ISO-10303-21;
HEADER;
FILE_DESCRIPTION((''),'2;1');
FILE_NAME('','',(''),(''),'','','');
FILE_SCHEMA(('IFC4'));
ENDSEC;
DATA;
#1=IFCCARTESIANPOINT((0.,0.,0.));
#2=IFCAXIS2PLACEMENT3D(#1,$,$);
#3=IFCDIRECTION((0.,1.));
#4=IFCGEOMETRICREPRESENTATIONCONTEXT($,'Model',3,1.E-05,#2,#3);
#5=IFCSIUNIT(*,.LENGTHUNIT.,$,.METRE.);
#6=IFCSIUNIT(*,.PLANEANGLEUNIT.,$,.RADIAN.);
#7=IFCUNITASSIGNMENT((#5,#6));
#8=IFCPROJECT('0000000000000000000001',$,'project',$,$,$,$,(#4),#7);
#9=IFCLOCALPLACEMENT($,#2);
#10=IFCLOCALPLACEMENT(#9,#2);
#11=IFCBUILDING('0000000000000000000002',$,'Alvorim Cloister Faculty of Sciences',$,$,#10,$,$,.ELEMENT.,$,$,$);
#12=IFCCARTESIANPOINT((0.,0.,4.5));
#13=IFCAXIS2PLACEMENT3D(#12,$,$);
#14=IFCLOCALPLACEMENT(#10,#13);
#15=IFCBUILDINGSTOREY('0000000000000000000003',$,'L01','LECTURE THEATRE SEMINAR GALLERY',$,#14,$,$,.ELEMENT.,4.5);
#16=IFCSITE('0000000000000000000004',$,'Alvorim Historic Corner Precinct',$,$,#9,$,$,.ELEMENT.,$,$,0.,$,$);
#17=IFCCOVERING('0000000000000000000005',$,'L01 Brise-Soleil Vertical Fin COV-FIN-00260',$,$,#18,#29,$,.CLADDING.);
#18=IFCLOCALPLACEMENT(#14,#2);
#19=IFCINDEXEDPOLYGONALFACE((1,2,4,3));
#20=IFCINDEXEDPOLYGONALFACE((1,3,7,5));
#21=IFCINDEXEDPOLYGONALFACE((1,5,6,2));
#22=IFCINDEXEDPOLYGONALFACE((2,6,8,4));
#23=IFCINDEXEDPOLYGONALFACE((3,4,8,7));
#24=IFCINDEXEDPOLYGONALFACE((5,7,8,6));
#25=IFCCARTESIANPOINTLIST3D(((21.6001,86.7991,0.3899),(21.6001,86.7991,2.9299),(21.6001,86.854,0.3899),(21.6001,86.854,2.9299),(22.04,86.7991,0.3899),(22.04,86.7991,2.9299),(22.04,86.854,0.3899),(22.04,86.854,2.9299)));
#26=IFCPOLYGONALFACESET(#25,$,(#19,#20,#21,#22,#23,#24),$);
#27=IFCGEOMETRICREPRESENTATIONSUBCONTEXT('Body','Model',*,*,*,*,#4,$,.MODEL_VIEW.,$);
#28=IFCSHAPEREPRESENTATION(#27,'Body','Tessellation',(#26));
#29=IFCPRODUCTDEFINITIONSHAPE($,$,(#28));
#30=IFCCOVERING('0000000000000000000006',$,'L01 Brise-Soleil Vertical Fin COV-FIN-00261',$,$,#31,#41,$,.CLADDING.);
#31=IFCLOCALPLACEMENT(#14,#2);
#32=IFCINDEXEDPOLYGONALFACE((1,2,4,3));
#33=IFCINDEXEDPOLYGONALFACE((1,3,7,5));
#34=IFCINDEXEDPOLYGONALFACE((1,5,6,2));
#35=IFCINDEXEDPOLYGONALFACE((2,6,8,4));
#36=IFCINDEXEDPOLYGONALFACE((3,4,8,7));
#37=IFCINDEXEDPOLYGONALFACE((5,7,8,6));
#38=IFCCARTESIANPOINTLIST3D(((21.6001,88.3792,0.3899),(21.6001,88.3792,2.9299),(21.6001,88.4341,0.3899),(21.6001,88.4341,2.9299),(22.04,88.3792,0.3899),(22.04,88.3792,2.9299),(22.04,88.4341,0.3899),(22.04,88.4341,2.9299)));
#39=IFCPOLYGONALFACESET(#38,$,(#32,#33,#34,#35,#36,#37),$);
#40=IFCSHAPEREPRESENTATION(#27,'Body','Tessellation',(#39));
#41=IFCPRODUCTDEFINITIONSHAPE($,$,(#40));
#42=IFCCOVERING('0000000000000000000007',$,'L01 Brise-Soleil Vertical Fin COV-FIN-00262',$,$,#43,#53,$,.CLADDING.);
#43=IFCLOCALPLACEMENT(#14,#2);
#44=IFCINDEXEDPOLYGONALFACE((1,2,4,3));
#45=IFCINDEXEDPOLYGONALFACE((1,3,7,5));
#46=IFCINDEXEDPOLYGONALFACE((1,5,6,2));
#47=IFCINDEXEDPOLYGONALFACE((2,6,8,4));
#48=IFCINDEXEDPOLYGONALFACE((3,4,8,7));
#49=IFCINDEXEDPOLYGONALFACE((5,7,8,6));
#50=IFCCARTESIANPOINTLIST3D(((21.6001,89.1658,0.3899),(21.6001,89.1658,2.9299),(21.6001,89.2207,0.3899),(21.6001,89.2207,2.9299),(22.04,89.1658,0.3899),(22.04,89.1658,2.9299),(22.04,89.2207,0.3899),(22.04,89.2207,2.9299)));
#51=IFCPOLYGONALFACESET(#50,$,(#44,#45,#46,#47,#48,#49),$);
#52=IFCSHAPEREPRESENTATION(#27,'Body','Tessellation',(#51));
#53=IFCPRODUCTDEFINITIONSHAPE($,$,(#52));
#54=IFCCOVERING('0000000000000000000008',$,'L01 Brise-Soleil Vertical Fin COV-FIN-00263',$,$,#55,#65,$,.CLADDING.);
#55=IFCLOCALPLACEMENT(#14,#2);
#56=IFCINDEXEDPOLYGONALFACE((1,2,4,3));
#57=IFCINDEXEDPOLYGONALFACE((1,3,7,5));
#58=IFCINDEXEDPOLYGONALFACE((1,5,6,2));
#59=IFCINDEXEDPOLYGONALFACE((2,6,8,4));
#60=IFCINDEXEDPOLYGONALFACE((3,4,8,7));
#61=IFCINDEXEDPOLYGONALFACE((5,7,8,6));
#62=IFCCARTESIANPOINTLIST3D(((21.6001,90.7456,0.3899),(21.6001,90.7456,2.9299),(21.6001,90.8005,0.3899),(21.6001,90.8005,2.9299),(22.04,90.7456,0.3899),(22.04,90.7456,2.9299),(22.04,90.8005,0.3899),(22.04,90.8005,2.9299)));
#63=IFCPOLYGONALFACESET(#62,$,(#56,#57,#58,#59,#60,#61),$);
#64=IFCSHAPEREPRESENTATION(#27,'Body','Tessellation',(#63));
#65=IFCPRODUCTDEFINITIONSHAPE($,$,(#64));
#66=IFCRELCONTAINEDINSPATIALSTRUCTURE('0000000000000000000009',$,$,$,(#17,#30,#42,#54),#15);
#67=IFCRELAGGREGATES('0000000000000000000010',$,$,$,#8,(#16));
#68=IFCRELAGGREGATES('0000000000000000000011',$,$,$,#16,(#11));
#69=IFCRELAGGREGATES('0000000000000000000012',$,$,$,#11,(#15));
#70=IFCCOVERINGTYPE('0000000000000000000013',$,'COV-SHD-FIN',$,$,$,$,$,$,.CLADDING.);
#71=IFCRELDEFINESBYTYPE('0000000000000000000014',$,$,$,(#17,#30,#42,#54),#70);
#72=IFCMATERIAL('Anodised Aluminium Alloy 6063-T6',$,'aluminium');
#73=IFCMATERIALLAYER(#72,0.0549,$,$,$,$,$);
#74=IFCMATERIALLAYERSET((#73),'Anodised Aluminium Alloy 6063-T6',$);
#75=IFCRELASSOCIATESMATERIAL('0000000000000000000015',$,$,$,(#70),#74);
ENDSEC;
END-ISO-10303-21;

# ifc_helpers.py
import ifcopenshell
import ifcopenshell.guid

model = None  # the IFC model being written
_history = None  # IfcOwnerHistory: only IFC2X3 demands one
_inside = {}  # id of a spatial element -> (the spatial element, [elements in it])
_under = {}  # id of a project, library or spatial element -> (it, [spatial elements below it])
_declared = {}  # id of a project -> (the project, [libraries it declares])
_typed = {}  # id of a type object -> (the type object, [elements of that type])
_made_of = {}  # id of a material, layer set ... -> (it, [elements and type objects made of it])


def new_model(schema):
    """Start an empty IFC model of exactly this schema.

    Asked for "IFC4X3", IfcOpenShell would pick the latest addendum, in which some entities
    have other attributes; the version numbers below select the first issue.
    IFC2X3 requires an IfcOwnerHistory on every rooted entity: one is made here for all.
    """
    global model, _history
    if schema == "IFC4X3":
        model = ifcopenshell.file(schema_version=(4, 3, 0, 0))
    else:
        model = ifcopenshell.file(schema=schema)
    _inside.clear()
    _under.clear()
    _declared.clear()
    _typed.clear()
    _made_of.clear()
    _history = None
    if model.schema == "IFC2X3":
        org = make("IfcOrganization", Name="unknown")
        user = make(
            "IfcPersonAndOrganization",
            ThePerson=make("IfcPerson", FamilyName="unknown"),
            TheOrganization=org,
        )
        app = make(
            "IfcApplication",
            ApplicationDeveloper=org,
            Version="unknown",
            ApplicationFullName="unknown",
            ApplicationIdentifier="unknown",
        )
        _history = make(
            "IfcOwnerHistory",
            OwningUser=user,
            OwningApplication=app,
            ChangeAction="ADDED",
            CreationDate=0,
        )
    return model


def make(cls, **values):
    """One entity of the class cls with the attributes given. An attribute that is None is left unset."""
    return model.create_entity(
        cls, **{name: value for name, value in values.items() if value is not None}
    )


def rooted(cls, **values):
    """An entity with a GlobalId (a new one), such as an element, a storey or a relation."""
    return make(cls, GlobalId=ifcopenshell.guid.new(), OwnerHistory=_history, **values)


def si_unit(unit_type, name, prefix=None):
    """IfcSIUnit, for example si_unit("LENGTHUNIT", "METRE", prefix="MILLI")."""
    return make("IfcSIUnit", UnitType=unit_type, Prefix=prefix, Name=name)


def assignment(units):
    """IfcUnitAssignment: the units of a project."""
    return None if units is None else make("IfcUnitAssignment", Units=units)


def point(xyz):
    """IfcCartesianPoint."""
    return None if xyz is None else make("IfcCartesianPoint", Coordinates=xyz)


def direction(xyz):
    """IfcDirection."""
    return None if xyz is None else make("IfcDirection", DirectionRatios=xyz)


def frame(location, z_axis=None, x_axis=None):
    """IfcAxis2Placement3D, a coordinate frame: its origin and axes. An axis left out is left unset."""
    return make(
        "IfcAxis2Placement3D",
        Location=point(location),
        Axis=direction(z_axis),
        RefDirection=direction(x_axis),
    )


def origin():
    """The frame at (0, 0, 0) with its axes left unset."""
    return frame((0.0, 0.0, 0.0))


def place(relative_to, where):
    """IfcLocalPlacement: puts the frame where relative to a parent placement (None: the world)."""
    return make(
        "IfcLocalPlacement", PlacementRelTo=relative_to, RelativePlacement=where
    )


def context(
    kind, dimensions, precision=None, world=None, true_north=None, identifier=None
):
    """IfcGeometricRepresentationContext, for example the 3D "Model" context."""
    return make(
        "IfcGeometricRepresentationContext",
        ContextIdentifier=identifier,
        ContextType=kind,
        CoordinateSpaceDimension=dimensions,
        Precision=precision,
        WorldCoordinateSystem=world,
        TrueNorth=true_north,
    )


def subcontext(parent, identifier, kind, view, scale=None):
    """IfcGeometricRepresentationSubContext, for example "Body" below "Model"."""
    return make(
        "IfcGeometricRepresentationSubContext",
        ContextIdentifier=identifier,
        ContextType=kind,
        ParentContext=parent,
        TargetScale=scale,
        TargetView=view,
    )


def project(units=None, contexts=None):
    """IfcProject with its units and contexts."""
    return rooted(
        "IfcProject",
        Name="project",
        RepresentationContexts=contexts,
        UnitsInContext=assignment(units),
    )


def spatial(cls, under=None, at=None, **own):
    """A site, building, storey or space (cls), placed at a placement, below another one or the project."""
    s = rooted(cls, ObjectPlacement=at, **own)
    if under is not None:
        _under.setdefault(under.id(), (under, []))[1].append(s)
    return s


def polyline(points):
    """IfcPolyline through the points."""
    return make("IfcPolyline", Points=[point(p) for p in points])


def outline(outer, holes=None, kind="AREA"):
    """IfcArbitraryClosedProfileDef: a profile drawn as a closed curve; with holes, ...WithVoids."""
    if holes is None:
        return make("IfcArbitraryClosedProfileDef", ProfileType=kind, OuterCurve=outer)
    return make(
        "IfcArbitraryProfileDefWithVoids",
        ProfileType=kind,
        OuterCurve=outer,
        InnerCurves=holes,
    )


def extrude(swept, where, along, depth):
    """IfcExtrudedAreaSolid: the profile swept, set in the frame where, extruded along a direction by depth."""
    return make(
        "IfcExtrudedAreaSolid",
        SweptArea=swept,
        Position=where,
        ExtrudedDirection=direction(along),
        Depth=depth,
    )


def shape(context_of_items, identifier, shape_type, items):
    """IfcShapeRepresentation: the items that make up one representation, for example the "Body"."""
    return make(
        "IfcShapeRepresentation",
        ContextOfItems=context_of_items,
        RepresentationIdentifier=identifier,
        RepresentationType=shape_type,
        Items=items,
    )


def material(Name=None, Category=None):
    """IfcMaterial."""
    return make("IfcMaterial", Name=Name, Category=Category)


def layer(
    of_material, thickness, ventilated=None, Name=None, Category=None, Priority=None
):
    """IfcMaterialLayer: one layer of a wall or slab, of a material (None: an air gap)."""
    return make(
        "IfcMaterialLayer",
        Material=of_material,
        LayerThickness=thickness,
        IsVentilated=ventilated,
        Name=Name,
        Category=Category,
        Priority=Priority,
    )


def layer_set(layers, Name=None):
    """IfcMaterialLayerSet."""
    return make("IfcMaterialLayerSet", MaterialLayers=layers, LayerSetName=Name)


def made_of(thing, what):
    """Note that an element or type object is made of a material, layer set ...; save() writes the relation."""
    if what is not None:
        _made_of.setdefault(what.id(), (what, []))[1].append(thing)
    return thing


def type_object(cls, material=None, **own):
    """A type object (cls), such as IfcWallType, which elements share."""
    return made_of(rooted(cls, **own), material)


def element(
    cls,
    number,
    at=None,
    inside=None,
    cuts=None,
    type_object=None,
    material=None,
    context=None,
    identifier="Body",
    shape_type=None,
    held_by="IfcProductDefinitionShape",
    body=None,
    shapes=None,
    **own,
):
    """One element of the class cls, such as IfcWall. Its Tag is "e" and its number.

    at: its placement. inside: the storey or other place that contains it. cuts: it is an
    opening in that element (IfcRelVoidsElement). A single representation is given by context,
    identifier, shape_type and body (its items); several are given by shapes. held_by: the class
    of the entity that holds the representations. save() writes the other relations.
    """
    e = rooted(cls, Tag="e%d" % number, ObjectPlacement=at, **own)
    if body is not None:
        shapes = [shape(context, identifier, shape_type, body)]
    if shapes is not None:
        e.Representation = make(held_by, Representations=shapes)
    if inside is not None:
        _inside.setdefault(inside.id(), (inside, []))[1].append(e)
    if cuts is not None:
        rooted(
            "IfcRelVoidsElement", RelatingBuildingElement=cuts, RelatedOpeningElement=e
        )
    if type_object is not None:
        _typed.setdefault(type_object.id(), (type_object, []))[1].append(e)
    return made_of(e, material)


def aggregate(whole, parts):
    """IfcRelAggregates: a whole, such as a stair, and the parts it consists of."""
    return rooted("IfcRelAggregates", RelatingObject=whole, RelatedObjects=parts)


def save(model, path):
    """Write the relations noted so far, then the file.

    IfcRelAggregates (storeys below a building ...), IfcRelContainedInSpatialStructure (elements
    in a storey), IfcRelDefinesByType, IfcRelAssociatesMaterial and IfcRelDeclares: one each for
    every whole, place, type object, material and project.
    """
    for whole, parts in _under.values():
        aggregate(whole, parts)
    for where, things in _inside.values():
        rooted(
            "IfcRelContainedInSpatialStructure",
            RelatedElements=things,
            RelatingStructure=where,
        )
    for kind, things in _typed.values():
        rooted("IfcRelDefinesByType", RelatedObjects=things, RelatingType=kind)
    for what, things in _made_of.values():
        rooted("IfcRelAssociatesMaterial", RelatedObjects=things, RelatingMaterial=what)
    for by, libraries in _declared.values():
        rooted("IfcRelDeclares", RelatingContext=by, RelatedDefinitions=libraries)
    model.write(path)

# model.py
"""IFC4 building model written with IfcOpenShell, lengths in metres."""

from ifc_helpers import new_model, si_unit, direction, frame, origin, place, context, subcontext, project, spatial, polyline, outline, extrude, material, layer, layer_set, type_object, element, save


model = new_model("IFC4")

# Units and contexts
model_context = context("Model", 3, precision=1e-05, world=origin(), true_north=direction((0.0, 1.0)))
body_context = subcontext(model_context, "Body", "Model", "MODEL_VIEW")
ifc_project = project(units=[si_unit("LENGTHUNIT", "METRE"), si_unit("PLANEANGLEUNIT", "RADIAN")], contexts=[model_context])

# Site, building, storey
site_placement = place(None, origin())
site = spatial("IfcSite", under=ifc_project, at=site_placement, Name="Alvorim Historic Corner Precinct", CompositionType="ELEMENT", RefElevation=0.0)
building_placement = place(site_placement, origin())
building = spatial("IfcBuilding", under=site, at=building_placement, Name="Alvorim Cloister Faculty of Sciences", CompositionType="ELEMENT")
storey_placement = place(building_placement, frame((0.0, 0.0, 4.5)))
storey = spatial("IfcBuildingStorey", under=building, at=storey_placement, Name="L01", Description="LECTURE THEATRE SEMINAR GALLERY", CompositionType="ELEMENT", Elevation=4.5)

# Coverings
ifc_material_1 = material(Name="Anodised Aluminium Alloy 6063-T6", Category="aluminium")
ifc_layer_1 = layer(ifc_material_1, 0.0549)
ifc_layer_set_1 = layer_set([ifc_layer_1], Name="Anodised Aluminium Alloy 6063-T6")
covering_type = type_object("IfcCoveringType", Name="COV-SHD-FIN", PredefinedType="CLADDING", material=ifc_layer_set_1)
for number, where, z_axis, x_axis, name in (
    (1, (21.6001, 86.8267, 0.3899), (0.0, 0.0, 1.0), (1.0, 0.0, 0.0), "L01 Brise-Soleil Vertical Fin COV-FIN-00260"),
    (2, (21.6001, 88.4067, 0.3899), (0.0, 0.0, 1.0), (1.0, 0.0, 0.0), "L01 Brise-Soleil Vertical Fin COV-FIN-00261"),
    (3, (21.6001, 89.1934, 0.3899), (0.0, 0.0, 1.0), (1.0, 0.0, 0.0), "L01 Brise-Soleil Vertical Fin COV-FIN-00262"),
    (4, (21.6001, 90.7732, 0.3899), (0.0, 0.0, 1.0), (1.0, 0.0, 0.0), "L01 Brise-Soleil Vertical Fin COV-FIN-00263"),
):
    element("IfcCovering", number, at=place(storey_placement, frame(where, z_axis=z_axis, x_axis=x_axis)), inside=storey, type_object=covering_type, Name=name, PredefinedType="CLADDING", context=body_context, shape_type="SweptSolid", body=[
        extrude(outline(polyline([(0.0, 0.0), (0.4399, 0.0), (0.4399, 2.54), (0.0, 2.54), (0.0, 0.0)])), frame((0.0, 0.0273, 0.0), z_axis=(0.0, -1.0, 0.0), x_axis=(1.0, 0.0, 0.0)), (0.0, 0.0, 1.0), 0.0549),
    ])

save(model, "model.ifc")
